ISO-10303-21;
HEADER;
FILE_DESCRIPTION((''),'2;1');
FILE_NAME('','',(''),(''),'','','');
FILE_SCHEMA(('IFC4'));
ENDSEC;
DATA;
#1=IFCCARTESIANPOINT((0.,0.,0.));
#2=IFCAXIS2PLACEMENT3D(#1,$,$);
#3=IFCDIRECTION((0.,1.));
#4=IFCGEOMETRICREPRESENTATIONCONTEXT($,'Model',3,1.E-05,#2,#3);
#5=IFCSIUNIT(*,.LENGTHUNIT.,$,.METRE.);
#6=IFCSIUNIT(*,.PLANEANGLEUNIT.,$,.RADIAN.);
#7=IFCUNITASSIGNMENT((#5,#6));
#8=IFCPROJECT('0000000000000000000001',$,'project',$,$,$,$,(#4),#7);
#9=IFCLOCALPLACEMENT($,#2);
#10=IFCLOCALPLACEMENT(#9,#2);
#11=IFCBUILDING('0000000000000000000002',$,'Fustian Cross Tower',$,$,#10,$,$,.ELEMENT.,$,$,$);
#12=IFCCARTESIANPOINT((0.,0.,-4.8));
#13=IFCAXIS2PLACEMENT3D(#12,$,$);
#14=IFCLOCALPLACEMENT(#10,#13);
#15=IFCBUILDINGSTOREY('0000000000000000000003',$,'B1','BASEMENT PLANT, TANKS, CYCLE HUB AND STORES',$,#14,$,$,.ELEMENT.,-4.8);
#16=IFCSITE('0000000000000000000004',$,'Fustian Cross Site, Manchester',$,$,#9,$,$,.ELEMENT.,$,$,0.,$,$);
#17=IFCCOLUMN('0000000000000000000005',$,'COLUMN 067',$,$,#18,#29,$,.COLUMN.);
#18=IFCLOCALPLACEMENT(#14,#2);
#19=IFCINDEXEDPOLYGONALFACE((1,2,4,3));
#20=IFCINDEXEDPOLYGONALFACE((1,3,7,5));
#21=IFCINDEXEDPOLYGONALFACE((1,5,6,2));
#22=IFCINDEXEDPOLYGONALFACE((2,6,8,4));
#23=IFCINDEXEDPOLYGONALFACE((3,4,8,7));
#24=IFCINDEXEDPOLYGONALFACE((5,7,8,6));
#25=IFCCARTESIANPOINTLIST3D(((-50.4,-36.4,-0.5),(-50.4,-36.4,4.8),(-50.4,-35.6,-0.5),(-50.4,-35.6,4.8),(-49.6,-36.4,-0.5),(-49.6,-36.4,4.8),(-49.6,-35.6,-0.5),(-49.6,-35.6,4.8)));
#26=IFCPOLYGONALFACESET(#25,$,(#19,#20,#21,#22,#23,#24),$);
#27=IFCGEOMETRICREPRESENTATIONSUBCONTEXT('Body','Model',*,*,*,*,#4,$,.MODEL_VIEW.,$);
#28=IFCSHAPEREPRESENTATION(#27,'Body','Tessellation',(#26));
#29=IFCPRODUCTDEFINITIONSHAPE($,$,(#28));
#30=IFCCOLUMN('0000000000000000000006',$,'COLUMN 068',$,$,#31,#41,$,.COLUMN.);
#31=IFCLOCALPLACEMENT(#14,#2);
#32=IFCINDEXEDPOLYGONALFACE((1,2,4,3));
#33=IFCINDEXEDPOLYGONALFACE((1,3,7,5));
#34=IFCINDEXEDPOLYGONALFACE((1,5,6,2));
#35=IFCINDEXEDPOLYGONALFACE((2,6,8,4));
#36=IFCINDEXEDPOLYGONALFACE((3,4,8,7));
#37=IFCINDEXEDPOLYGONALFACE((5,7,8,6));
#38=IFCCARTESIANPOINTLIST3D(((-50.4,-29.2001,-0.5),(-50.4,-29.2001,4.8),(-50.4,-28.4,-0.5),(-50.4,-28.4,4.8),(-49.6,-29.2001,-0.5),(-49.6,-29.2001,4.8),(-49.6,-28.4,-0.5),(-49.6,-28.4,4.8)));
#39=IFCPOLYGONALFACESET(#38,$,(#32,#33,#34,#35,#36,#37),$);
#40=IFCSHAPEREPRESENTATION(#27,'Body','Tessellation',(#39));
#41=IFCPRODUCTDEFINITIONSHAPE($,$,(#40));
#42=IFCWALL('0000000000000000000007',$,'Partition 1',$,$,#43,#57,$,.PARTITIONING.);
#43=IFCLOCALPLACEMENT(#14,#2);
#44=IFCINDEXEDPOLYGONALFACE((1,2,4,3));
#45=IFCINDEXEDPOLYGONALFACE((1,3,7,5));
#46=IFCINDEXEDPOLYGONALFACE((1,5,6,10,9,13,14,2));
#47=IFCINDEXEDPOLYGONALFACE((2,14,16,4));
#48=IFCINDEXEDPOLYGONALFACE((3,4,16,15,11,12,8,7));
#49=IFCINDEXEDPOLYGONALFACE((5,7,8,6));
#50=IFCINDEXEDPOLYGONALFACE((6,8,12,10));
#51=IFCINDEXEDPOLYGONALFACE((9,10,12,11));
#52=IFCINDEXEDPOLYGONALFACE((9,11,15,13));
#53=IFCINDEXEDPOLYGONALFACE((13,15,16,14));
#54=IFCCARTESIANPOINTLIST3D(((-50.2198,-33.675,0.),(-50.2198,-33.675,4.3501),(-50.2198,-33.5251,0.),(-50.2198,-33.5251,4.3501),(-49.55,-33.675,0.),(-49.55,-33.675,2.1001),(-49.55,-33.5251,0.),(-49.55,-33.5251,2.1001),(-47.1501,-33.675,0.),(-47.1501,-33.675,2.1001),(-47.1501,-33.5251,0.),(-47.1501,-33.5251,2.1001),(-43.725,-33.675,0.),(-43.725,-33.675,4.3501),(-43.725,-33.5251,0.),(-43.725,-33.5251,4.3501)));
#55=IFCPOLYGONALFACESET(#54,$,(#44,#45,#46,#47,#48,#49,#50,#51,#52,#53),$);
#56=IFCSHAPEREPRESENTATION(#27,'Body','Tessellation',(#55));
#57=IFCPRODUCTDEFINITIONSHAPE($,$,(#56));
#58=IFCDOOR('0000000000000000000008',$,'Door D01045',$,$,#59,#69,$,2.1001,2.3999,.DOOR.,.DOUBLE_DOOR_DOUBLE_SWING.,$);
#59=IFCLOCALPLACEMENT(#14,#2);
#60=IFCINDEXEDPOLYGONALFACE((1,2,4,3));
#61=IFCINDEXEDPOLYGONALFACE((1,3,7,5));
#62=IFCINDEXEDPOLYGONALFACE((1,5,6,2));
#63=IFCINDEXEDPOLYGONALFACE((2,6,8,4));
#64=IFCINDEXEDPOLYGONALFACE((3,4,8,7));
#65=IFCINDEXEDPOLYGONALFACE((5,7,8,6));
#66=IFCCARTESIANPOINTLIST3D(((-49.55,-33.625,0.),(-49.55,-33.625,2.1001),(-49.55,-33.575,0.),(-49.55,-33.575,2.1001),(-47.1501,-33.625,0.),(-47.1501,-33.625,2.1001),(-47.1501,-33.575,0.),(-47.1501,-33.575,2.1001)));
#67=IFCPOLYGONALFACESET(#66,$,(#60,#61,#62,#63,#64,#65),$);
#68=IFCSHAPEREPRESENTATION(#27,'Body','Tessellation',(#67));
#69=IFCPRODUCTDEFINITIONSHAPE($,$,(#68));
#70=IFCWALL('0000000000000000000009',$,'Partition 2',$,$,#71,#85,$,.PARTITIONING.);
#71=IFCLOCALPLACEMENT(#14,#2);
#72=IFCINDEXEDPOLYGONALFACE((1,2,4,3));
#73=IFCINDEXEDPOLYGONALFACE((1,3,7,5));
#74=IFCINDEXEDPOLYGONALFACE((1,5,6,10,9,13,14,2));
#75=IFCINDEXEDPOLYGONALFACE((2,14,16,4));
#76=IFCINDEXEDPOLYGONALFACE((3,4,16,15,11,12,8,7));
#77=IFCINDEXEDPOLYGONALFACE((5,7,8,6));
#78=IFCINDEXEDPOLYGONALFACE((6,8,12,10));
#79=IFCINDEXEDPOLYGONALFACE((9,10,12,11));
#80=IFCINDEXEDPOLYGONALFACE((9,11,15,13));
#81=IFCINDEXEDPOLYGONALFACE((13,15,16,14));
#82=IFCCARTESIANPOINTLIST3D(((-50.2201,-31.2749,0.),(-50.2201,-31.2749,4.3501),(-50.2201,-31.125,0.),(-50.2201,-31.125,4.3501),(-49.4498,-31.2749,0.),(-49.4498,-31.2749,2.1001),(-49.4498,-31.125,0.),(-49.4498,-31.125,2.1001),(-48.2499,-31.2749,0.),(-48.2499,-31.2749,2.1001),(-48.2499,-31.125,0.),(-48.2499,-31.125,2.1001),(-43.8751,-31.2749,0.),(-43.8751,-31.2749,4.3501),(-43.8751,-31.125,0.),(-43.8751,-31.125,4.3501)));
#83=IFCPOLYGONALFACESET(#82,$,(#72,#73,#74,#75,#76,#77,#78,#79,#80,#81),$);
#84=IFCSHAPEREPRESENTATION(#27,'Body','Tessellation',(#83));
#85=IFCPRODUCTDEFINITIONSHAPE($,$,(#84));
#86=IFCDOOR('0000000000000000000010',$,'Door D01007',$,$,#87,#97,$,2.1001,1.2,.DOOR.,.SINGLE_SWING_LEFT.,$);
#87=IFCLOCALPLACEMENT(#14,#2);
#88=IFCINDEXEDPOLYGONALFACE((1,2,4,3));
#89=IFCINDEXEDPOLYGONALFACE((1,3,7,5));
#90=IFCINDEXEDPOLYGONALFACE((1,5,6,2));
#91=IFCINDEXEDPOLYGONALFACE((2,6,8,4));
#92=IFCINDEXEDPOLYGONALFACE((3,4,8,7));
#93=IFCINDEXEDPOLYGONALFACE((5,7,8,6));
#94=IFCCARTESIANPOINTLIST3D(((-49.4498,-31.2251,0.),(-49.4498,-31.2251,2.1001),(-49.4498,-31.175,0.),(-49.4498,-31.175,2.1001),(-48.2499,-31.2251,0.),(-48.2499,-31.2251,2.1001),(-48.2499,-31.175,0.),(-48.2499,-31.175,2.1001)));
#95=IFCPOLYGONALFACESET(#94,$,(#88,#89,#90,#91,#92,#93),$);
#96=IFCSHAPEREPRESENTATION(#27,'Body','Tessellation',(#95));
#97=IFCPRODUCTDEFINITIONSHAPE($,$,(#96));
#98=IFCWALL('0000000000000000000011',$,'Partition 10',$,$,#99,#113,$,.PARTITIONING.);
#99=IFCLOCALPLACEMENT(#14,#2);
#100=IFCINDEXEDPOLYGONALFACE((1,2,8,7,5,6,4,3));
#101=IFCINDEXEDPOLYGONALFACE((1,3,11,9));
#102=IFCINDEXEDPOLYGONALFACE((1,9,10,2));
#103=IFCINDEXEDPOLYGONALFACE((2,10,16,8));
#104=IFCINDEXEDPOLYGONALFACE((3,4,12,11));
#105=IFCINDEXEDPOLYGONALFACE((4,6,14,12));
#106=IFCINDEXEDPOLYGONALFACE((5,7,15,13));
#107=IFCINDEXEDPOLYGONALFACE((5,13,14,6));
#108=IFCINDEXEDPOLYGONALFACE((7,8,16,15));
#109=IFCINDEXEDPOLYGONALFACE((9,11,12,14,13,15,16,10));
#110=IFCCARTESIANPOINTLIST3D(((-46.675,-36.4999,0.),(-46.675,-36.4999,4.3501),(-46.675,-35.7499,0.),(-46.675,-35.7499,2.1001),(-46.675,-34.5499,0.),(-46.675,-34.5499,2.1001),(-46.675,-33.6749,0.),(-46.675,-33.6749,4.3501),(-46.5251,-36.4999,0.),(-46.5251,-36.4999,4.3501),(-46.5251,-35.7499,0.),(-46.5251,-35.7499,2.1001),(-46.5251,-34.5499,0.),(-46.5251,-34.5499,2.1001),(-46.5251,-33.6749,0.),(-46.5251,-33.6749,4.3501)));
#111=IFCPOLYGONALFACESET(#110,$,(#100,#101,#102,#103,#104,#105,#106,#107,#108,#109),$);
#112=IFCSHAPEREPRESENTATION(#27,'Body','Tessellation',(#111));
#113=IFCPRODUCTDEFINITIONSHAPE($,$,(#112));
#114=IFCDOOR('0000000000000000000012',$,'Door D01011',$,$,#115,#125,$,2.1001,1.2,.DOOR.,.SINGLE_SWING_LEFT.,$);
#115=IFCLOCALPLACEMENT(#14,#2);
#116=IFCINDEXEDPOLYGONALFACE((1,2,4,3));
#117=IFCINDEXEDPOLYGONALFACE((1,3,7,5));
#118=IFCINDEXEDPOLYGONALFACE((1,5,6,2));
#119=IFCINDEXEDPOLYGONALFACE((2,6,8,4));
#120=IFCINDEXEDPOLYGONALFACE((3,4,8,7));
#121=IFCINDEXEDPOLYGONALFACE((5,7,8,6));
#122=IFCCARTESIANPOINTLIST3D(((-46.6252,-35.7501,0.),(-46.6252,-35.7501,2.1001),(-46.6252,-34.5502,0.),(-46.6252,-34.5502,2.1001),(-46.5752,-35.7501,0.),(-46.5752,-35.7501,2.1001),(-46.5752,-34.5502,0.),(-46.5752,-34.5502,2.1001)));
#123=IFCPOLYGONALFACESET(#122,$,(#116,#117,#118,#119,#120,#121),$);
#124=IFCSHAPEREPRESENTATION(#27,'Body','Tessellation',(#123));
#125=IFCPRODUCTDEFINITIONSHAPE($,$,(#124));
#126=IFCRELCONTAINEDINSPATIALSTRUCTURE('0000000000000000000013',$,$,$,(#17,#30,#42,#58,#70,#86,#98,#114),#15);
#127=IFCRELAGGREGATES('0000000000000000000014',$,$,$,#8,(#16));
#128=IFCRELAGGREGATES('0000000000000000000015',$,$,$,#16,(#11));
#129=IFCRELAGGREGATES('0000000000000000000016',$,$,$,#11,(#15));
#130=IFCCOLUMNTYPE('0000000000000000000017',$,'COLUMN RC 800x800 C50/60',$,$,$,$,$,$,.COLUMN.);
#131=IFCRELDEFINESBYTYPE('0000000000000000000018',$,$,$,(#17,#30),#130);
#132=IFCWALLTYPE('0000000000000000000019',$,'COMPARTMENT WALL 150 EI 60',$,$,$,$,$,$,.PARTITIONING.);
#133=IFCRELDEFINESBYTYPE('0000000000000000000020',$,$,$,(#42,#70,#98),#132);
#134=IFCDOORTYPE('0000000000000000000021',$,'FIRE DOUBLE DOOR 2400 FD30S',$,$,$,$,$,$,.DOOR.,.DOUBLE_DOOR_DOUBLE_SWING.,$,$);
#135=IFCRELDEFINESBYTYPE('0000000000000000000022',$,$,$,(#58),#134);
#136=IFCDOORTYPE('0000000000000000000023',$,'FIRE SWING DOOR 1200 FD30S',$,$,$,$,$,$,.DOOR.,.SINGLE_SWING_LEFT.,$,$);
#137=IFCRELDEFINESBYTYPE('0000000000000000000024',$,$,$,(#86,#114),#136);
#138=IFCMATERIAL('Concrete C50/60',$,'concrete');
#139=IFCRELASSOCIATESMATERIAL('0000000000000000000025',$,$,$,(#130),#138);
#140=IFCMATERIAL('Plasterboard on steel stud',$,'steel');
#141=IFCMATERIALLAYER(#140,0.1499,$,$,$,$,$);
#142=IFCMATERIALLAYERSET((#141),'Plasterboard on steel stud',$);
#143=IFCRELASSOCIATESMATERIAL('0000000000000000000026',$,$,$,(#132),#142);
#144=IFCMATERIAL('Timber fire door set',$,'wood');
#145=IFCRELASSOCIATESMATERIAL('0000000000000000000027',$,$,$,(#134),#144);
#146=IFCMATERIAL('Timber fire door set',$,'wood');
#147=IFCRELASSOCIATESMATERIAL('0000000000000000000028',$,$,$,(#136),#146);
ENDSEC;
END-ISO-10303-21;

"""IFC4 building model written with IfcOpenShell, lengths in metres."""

from ifc_helpers import new_model, si_unit, direction, frame, frame_2d, origin, origin_2d, place, context, subcontext, project, spatial, rectangle, extrude, material, layer, layer_set, material_profile, profile_set, type_object, element, fill, save


model = new_model("IFC4")

# Units and contexts
model_context = context("Model", 3, precision=1e-05, world=origin(), true_north=direction((0.0, 1.0)))
body_context = subcontext(model_context, "Body", "Model", "MODEL_VIEW")
ifc_project = project(units=[si_unit("LENGTHUNIT", "METRE"), si_unit("PLANEANGLEUNIT", "RADIAN")], contexts=[model_context])

# Site, building, storey
site_placement = place(None, origin())
site = spatial("IfcSite", under=ifc_project, at=site_placement, Name="Fustian Cross Site, Manchester", CompositionType="ELEMENT", RefElevation=0.0)
building_placement = place(site_placement, origin())
building = spatial("IfcBuilding", under=site, at=building_placement, Name="Fustian Cross Tower", CompositionType="ELEMENT")
storey_placement = place(building_placement, frame((0.0, 0.0, -4.8)))
storey = spatial("IfcBuildingStorey", under=building, at=storey_placement, Name="B1", Description="BASEMENT PLANT, TANKS, CYCLE HUB AND STORES", CompositionType="ELEMENT", Elevation=-4.8)

# Columns
ifc_material_1 = material(Name="Concrete C50/60", Category="concrete")
ifc_material_profile_1 = material_profile(ifc_material_1, rectangle(XDim=0.8, YDim=0.8, at=origin_2d()), Name="RC 800x800")
ifc_profile_set_1 = profile_set([ifc_material_profile_1], Name="Concrete C50/60")
column_type = type_object("IfcColumnType", Name="COLUMN RC 800x800 C50/60", PredefinedType="COLUMN", material=ifc_profile_set_1)
for number, where, z_axis, x_axis, name in (
    (1, (-50.0, -36.0, -0.5), (0.0, 0.0, 1.0), (1.0, 0.0, 0.0), "COLUMN 067"),
    (2, (-50.0, -28.8, -0.5), (0.0, 0.0, 1.0), (1.0, 0.0, 0.0), "COLUMN 068"),
):
    element("IfcColumn", number, at=place(storey_placement, frame(where, z_axis=z_axis, x_axis=x_axis)), inside=storey, type_object=column_type, Name=name, PredefinedType="COLUMN", context=body_context, shape_type="SweptSolid", body=[
        extrude(rectangle(XDim=0.8, YDim=0.8, at=origin_2d()), origin(), (0.0, 0.0, 1.0), 5.3),
    ])

# Walls, openings, doors
ifc_material_2 = material(Name="Plasterboard on steel stud", Category="steel")
ifc_layer_1 = layer(ifc_material_2, 0.1499)
ifc_layer_set_1 = layer_set([ifc_layer_1], Name="Plasterboard on steel stud")
wall_type_1 = type_object("IfcWallType", Name="COMPARTMENT WALL 150 EI 60", PredefinedType="PARTITIONING", material=ifc_layer_set_1)
wall_1_placement = place(storey_placement, frame((-50.22, -33.6001, 0.0), z_axis=(0.0, 0.0, 1.0), x_axis=(1.0, 0.0, 0.0)))
wall_1 = element("IfcWall", 3, at=wall_1_placement, inside=storey, type_object=wall_type_1, Name="Partition 1", PredefinedType="PARTITIONING", context=body_context, shape_type="SweptSolid", body=[
    extrude(rectangle(XDim=6.4949, YDim=0.1499, at=frame_2d((3.2476, 0.0))), origin(), (0.0, 0.0, 1.0), 4.3501),
])
opening_1_placement = place(wall_1_placement, frame((0.6699, 0.0, 0.0)))
opening_1 = element("IfcOpeningElement", 4, at=opening_1_placement, cuts=wall_1, PredefinedType="OPENING", context=body_context, shape_type="SweptSolid", body=[
    extrude(rectangle(XDim=2.3999, YDim=2.1001, at=frame_2d((1.2, 1.05))), frame((0.0, 0.085, 0.0), z_axis=(0.0, -1.0, 0.0), x_axis=(1.0, 0.0, 0.0)), (0.0, 0.0, 1.0), 0.1699),
])
ifc_material_3 = material(Name="Timber fire door set", Category="wood")
door_type_1 = type_object("IfcDoorType", Name="FIRE DOUBLE DOOR 2400 FD30S", OperationType="DOUBLE_DOOR_DOUBLE_SWING", PredefinedType="DOOR", material=ifc_material_3)
door_1_placement = place(opening_1_placement, frame((2.3999, 0.0, 0.0), z_axis=(0.0, 0.0, 1.0), x_axis=(-1.0, 0.0, 0.0)))
door_1 = element("IfcDoor", 5, at=door_1_placement, inside=storey, type_object=door_type_1, Name="Door D01045", OperationType="DOUBLE_DOOR_DOUBLE_SWING", OverallHeight=2.1001, OverallWidth=2.3999, PredefinedType="DOOR", context=body_context, shape_type="SweptSolid", body=[
    extrude(rectangle(XDim=2.3999, YDim=2.1001, at=frame_2d((1.2, 1.05))), frame((0.0, 0.0249, 0.0), z_axis=(0.0, -1.0, 0.0), x_axis=(1.0, 0.0, 0.0)), (0.0, 0.0, 1.0), 0.05),
])
fill(opening_1, door_1)
wall_2_placement = place(storey_placement, frame((-50.22, -31.2, 0.0), z_axis=(0.0, 0.0, 1.0), x_axis=(1.0, 0.0, 0.0)))
wall_2 = element("IfcWall", 6, at=wall_2_placement, inside=storey, type_object=wall_type_1, Name="Partition 2", PredefinedType="PARTITIONING", context=body_context, shape_type="SweptSolid", body=[
    extrude(rectangle(XDim=6.345, YDim=0.1499, at=frame_2d((3.1724, 0.0))), origin(), (0.0, 0.0, 1.0), 4.3501),
])
opening_2_placement = place(wall_2_placement, frame((0.77, 0.0, 0.0)))
opening_2 = element("IfcOpeningElement", 7, at=opening_2_placement, cuts=wall_2, PredefinedType="OPENING", context=body_context, shape_type="SweptSolid", body=[
    extrude(rectangle(XDim=1.2, YDim=2.1001, at=frame_2d((0.6001, 1.05))), frame((0.0, 0.085, 0.0), z_axis=(0.0, -1.0, 0.0), x_axis=(1.0, 0.0, 0.0)), (0.0, 0.0, 1.0), 0.1699),
])
ifc_material_4 = material(Name="Timber fire door set", Category="wood")
door_type_2 = type_object("IfcDoorType", Name="FIRE SWING DOOR 1200 FD30S", OperationType="SINGLE_SWING_LEFT", PredefinedType="DOOR", material=ifc_material_4)
door_2_placement = place(opening_2_placement, origin())
door_2 = element("IfcDoor", 8, at=door_2_placement, inside=storey, type_object=door_type_2, Name="Door D01007", OperationType="SINGLE_SWING_LEFT", OverallHeight=2.1001, OverallWidth=1.2, PredefinedType="DOOR", context=body_context, shape_type="SweptSolid", body=[
    extrude(rectangle(XDim=1.2, YDim=2.1001, at=frame_2d((0.6001, 1.05))), frame((0.0, 0.0249, 0.0), z_axis=(0.0, -1.0, 0.0), x_axis=(1.0, 0.0, 0.0)), (0.0, 0.0, 1.0), 0.05),
])
fill(opening_2, door_2)
wall_3_placement = place(storey_placement, frame((-46.6001, -36.5, 0.0), z_axis=(0.0, 0.0, 1.0), x_axis=(0.0, 1.0, 0.0)))
wall_3 = element("IfcWall", 9, at=wall_3_placement, inside=storey, type_object=wall_type_1, Name="Partition 10", PredefinedType="PARTITIONING", context=body_context, shape_type="SweptSolid", body=[
    extrude(rectangle(XDim=2.825, YDim=0.1499, at=frame_2d((1.4126, 0.0))), origin(), (0.0, 0.0, 1.0), 4.3501),
])
opening_3_placement = place(wall_3_placement, frame((0.75, 0.0, 0.0)))
opening_3 = element("IfcOpeningElement", 10, at=opening_3_placement, cuts=wall_3, PredefinedType="OPENING", context=body_context, shape_type="SweptSolid", body=[
    extrude(rectangle(XDim=1.2, YDim=2.1001, at=frame_2d((0.6001, 1.05))), frame((0.0, 0.085, 0.0), z_axis=(0.0, -1.0, 0.0), x_axis=(1.0, 0.0, 0.0)), (0.0, 0.0, 1.0), 0.1699),
])
door_3_placement = place(opening_3_placement, frame((1.2, 0.0, 0.0), z_axis=(0.0, 0.0, 1.0), x_axis=(-1.0, 0.0, 0.0)))
door_3 = element("IfcDoor", 11, at=door_3_placement, inside=storey, type_object=door_type_2, Name="Door D01011", OperationType="SINGLE_SWING_LEFT", OverallHeight=2.1001, OverallWidth=1.2, PredefinedType="DOOR", context=body_context, shape_type="SweptSolid", body=[
    extrude(rectangle(XDim=1.2, YDim=2.1001, at=frame_2d((0.6001, 1.05))), frame((0.0, 0.0249, 0.0), z_axis=(0.0, -1.0, 0.0), x_axis=(1.0, 0.0, 0.0)), (0.0, 0.0, 1.0), 0.05),
])
fill(opening_3, door_3)

save(model, "model.ifc")
